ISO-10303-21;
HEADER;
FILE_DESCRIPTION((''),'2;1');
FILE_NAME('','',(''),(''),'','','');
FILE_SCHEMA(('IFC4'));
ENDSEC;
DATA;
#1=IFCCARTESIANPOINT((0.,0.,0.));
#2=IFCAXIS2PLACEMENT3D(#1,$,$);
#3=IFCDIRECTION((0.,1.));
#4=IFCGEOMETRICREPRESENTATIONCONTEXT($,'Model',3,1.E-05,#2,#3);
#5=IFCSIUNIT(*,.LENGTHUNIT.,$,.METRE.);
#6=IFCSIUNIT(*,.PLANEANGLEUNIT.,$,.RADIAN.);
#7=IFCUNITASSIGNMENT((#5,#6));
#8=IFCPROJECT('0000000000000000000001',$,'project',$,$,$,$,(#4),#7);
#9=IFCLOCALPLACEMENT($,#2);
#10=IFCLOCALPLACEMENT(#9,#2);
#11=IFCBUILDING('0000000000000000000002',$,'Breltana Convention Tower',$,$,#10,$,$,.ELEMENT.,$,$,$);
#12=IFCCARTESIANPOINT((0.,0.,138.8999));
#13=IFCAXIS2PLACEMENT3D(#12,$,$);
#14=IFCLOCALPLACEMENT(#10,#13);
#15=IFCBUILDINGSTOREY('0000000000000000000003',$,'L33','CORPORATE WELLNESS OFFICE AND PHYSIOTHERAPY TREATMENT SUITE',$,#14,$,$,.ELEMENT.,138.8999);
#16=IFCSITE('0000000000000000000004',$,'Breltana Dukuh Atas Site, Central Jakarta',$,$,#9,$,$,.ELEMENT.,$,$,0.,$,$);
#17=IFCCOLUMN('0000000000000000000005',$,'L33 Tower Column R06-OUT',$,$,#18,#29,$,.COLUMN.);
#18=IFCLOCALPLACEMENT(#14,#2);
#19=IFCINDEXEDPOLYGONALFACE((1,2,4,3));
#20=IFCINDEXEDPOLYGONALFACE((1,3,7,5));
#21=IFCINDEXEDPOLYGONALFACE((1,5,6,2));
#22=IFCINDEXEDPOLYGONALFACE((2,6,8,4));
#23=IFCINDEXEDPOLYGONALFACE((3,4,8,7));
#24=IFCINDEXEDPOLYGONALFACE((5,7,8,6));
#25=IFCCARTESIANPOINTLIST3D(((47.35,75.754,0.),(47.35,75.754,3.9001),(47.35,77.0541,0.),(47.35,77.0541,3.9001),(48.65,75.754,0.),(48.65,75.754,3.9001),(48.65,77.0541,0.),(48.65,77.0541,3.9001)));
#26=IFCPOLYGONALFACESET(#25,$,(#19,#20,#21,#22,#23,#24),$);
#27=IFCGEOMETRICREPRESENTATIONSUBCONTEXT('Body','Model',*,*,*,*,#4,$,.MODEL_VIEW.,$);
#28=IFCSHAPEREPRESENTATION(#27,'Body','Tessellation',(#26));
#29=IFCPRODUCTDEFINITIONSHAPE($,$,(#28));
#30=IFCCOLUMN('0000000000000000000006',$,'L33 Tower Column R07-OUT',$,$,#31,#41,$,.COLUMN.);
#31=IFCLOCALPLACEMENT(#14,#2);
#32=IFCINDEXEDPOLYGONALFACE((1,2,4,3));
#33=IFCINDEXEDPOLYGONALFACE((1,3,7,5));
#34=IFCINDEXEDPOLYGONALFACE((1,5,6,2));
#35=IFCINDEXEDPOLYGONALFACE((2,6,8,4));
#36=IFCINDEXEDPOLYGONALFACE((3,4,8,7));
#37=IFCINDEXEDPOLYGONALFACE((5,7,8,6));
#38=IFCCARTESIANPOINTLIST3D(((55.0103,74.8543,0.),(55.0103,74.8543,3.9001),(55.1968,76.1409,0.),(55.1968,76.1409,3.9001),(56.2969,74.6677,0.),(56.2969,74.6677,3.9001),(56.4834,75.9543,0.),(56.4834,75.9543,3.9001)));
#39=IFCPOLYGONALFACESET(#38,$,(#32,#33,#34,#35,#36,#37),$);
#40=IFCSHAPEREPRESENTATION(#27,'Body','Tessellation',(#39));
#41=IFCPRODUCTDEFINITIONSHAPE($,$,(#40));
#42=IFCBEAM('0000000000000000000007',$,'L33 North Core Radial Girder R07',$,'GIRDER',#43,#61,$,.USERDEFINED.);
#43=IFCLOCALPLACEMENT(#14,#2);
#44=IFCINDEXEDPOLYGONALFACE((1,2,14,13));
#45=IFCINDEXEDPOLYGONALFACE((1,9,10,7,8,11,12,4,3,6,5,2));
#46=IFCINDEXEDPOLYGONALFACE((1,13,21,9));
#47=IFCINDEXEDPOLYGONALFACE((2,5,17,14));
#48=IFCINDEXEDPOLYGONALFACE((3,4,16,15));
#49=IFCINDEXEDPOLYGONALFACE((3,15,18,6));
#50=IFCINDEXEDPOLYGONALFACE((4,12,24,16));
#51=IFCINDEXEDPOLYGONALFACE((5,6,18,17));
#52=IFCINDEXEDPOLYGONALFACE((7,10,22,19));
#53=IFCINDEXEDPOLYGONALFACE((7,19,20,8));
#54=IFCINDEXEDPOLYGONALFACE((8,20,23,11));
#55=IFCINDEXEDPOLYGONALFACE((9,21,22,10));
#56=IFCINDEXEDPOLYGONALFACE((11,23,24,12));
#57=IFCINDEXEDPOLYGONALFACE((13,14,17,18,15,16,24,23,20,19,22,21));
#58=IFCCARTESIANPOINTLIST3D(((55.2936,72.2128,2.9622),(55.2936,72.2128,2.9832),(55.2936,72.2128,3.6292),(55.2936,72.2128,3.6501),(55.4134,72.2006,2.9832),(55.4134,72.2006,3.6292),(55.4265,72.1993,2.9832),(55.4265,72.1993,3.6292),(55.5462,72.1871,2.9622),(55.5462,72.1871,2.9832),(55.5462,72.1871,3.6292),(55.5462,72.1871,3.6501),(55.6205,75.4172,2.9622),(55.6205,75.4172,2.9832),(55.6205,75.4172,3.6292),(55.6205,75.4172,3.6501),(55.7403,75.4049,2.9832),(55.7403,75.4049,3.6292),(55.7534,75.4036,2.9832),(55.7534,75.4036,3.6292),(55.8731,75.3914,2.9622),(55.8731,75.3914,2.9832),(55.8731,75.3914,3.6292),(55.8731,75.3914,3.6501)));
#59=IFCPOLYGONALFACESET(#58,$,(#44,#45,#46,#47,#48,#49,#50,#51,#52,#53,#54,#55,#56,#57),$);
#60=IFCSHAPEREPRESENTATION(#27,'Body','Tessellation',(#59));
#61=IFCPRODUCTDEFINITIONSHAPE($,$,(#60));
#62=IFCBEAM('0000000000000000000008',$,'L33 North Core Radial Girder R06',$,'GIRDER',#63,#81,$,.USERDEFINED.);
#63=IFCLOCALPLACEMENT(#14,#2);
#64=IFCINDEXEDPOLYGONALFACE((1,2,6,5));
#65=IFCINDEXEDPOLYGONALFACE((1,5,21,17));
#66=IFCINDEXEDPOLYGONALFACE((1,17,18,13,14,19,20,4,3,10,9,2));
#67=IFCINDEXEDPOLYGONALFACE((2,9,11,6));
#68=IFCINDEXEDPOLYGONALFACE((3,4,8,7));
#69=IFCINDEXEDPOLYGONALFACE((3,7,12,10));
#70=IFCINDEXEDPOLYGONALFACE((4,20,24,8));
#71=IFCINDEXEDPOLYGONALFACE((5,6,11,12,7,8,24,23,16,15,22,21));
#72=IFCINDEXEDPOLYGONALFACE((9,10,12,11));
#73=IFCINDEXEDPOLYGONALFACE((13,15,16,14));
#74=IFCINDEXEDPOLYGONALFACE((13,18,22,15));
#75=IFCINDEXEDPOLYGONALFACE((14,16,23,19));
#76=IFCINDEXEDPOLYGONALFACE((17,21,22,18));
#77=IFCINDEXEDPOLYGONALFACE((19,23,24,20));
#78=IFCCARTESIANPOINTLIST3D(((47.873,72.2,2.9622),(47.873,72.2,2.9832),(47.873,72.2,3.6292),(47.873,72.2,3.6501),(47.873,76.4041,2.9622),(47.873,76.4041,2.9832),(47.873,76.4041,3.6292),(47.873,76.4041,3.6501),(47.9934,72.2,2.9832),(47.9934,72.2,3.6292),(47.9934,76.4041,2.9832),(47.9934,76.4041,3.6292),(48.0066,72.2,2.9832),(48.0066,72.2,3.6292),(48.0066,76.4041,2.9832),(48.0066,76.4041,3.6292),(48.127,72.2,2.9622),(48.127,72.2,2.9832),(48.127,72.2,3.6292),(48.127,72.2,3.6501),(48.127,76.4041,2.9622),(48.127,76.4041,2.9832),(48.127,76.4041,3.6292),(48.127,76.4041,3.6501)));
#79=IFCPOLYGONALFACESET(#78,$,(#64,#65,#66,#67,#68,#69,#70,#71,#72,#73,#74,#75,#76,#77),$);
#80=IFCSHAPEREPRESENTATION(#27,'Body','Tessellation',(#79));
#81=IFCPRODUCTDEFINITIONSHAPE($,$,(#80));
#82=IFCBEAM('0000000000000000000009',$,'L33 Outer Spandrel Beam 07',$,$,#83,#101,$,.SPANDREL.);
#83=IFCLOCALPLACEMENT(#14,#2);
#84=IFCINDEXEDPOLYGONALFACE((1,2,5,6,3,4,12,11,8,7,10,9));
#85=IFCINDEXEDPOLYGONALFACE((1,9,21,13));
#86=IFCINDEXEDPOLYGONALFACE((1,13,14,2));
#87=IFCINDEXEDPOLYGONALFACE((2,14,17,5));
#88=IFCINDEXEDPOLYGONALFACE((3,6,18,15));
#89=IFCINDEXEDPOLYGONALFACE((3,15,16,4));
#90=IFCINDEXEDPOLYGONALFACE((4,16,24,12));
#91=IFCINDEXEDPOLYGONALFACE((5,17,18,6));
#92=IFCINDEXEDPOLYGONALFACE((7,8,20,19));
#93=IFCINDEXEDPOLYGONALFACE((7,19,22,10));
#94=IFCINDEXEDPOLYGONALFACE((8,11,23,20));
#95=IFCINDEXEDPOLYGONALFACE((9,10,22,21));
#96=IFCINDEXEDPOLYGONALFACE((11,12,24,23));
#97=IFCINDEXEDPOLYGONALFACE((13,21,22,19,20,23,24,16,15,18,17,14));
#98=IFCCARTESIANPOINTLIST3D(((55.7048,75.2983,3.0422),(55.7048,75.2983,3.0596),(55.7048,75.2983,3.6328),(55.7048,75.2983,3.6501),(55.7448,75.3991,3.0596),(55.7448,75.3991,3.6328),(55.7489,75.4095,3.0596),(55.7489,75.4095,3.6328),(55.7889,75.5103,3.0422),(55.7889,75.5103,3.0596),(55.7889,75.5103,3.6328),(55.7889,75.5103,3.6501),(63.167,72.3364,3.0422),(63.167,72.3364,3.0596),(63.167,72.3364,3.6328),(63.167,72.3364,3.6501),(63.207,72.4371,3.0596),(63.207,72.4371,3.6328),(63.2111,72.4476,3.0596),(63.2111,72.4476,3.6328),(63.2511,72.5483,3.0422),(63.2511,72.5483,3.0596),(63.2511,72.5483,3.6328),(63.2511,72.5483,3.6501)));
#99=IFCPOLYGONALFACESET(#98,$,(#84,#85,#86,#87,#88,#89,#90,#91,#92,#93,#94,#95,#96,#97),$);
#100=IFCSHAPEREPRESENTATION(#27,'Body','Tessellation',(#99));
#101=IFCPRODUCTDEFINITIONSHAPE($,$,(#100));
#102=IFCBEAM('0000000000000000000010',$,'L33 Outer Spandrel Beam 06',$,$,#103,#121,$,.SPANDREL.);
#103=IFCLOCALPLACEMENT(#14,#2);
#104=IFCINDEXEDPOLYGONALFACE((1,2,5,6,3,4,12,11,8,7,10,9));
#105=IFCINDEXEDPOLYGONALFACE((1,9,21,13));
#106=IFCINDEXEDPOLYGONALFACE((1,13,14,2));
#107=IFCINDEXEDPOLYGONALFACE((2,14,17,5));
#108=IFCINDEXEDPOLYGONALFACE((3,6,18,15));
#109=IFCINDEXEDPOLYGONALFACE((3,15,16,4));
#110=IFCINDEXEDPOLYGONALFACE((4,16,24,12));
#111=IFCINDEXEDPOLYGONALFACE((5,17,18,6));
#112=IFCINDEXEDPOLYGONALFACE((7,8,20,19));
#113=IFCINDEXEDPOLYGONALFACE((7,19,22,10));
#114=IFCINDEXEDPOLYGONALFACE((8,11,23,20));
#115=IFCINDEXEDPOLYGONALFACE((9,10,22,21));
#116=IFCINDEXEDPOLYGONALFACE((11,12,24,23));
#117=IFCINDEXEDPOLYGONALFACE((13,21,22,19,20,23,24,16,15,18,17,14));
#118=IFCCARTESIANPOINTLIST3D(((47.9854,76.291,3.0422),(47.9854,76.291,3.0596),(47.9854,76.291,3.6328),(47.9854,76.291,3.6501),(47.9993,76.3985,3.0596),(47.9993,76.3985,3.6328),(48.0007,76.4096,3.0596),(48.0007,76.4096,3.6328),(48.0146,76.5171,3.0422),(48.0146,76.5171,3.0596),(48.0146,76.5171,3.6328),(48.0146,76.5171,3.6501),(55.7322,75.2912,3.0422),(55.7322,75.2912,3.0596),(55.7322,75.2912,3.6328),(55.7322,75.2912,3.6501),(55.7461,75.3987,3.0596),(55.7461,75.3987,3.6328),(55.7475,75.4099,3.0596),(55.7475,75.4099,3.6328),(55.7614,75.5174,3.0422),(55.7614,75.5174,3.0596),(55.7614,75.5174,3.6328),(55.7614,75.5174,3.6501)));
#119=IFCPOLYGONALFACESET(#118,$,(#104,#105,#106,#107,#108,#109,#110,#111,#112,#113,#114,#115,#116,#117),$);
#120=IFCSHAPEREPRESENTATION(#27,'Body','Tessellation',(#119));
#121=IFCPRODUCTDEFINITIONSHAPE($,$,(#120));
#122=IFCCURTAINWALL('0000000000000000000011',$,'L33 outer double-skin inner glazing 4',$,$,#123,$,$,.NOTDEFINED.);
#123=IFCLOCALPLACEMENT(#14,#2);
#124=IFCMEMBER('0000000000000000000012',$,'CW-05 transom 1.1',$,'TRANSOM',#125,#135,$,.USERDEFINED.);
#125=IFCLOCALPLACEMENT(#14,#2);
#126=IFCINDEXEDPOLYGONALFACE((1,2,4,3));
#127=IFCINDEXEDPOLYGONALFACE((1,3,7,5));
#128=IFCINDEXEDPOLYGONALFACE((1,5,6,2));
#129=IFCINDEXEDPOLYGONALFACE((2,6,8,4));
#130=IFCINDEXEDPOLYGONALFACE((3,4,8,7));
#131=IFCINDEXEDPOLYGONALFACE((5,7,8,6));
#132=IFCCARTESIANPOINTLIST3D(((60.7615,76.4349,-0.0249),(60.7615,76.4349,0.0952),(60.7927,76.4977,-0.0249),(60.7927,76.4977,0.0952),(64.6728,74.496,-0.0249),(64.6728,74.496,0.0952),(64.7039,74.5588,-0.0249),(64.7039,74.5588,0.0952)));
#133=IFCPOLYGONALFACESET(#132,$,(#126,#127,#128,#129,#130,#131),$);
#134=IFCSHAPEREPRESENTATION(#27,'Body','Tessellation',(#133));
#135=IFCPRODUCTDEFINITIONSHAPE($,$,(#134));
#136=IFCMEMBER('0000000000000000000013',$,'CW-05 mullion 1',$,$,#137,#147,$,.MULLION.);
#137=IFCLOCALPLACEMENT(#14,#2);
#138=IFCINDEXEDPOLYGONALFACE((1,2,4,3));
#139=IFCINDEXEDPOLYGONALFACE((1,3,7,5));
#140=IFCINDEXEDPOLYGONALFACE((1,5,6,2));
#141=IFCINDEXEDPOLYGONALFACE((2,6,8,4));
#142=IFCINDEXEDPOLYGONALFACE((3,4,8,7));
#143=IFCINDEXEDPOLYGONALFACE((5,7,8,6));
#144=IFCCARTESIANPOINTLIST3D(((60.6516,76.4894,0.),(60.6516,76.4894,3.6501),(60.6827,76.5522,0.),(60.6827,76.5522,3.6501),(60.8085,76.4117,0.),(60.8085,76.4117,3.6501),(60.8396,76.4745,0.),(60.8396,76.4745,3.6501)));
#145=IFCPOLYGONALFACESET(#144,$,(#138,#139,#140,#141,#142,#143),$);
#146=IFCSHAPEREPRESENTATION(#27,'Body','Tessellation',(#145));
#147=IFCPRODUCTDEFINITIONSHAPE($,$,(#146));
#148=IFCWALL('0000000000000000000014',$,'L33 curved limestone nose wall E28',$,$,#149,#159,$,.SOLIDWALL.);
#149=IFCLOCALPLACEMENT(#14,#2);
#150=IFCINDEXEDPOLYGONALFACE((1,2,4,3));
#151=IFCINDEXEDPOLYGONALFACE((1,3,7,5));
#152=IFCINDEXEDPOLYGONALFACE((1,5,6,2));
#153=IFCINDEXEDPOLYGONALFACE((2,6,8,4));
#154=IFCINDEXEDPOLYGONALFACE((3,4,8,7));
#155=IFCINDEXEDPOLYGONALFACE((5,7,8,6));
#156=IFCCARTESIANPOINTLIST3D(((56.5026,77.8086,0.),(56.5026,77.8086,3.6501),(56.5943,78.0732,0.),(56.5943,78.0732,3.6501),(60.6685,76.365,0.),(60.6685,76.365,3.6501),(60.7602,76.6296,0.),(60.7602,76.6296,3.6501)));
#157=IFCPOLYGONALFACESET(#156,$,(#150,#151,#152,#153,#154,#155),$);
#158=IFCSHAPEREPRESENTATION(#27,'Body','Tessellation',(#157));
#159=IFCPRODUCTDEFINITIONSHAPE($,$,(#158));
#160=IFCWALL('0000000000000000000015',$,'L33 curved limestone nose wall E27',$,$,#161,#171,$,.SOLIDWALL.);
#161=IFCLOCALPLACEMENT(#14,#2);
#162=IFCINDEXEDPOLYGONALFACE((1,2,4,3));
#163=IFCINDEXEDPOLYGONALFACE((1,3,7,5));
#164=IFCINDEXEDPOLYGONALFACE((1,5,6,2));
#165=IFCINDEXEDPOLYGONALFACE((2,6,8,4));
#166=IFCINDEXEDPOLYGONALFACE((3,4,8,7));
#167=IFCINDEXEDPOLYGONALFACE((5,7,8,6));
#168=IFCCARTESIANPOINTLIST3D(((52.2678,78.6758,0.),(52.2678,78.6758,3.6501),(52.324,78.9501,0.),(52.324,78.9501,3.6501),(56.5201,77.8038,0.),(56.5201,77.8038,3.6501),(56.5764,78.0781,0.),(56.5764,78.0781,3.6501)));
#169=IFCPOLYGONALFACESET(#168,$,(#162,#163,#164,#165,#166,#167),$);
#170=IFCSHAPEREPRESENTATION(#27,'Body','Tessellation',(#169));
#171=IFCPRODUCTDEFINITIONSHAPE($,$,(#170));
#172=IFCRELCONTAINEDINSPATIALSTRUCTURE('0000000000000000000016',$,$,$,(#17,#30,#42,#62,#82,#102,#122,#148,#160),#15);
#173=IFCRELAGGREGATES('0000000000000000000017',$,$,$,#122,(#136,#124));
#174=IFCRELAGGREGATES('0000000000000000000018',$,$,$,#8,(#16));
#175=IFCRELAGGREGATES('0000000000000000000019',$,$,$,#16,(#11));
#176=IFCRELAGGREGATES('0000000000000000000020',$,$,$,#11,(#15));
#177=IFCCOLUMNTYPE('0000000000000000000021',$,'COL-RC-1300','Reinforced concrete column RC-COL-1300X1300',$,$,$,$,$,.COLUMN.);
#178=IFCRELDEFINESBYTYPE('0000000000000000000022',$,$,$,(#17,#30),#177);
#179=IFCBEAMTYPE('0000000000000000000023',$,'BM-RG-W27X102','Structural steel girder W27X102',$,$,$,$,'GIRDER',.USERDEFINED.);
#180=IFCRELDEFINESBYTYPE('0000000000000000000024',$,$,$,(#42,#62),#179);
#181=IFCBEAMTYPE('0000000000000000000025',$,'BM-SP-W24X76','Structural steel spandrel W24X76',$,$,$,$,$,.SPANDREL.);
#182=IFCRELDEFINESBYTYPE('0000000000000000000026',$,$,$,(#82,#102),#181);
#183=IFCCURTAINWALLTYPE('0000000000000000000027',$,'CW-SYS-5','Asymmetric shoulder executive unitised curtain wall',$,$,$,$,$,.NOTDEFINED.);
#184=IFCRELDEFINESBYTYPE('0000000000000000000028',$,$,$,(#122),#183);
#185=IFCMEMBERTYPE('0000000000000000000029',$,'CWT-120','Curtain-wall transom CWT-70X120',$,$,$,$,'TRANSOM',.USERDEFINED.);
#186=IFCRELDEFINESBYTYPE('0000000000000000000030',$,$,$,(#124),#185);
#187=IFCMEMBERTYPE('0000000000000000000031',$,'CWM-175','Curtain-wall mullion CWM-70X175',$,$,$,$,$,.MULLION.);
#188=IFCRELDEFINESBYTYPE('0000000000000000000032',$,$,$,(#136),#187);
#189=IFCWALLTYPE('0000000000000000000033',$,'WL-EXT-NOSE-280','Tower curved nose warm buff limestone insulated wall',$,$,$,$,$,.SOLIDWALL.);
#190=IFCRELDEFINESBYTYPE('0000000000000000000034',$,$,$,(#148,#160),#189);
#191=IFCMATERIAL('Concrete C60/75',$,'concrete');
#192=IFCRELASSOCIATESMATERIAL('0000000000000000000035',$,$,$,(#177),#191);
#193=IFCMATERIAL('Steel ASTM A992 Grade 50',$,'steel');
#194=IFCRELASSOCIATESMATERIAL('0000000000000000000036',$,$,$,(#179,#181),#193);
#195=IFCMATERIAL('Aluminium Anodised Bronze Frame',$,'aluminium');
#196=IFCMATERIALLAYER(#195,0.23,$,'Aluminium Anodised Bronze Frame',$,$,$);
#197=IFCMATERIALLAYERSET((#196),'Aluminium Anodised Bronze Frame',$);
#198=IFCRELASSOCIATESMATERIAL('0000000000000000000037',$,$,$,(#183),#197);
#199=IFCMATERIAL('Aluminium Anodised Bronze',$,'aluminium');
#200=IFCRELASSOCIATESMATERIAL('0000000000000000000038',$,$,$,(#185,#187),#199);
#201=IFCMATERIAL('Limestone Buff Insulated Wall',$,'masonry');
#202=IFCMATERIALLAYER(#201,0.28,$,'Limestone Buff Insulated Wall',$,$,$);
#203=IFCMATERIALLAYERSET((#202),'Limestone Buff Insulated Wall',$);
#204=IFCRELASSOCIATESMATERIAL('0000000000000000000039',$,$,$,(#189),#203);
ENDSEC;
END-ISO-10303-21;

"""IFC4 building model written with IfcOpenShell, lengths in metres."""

from ifc_helpers import new_model, si_unit, direction, frame, frame_2d, origin, origin_2d, place, context, subcontext, project, spatial, rectangle, i_section, extrude, source, transform, mapped, material, layer, layer_set, material_profile, profile_set, type_object, element, aggregate, save


model = new_model("IFC4")

# Units and contexts
model_context = context("Model", 3, precision=1e-05, world=origin(), true_north=direction((0.0, 1.0)))
body_context = subcontext(model_context, "Body", "Model", "MODEL_VIEW")
ifc_project = project(units=[si_unit("LENGTHUNIT", "METRE"), si_unit("PLANEANGLEUNIT", "RADIAN")], contexts=[model_context])

# Site, building, storey
site_placement = place(None, origin())
site = spatial("IfcSite", under=ifc_project, at=site_placement, Name="Breltana Dukuh Atas Site, Central Jakarta", CompositionType="ELEMENT", RefElevation=0.0)
building_placement = place(site_placement, origin())
building = spatial("IfcBuilding", under=site, at=building_placement, Name="Breltana Convention Tower", CompositionType="ELEMENT")
storey_placement = place(building_placement, frame((0.0, 0.0, 138.8999)))
storey = spatial("IfcBuildingStorey", under=building, at=storey_placement, Name="L33", Description="CORPORATE WELLNESS OFFICE AND PHYSIOTHERAPY TREATMENT SUITE", CompositionType="ELEMENT", Elevation=138.8999)

# Columns
ifc_material_1 = material(Name="Concrete C60/75", Category="concrete")
ifc_material_profile_1 = material_profile(ifc_material_1, rectangle(XDim=1.3, YDim=1.3, at=origin_2d()), Name="RC-COL-1300X1300")
ifc_profile_set_1 = profile_set([ifc_material_profile_1], Name="Concrete C60/75")
column_type = type_object("IfcColumnType", Name="COL-RC-1300", Description="Reinforced concrete column RC-COL-1300X1300", PredefinedType="COLUMN", material=ifc_profile_set_1)
shared_shape_1 = source(origin(), body_context, "Body", "SweptSolid", [
    extrude(rectangle(XDim=1.3, YDim=1.3, at=origin_2d()), origin(), (0.0, 0.0, 1.0), 3.9001),
])
for number, where, z_axis, x_axis, name in (
    (1, (48.0, 76.4041, 0.0), (0.0, 0.0, 1.0), (0.0, 1.0, 0.0), "L33 Tower Column R06-OUT"),
    (2, (55.7468, 75.4043, 0.0), (0.0, 0.0, 1.0), (0.143493, 0.989651, 0.0), "L33 Tower Column R07-OUT"),
):
    element("IfcColumn", number, at=place(storey_placement, frame(where, z_axis=z_axis, x_axis=x_axis)), inside=storey, type_object=column_type, Name=name, PredefinedType="COLUMN", context=body_context, shape_type="MappedRepresentation", body=[
        mapped(shared_shape_1, transform((0.0, 0.0, 0.0), scale=1.0)),
    ])

# Beams
ifc_material_2 = material(Name="Steel ASTM A992 Grade 50", Category="steel")
ifc_material_profile_2 = material_profile(ifc_material_2, i_section(OverallWidth=0.2539, OverallDepth=0.688, WebThickness=0.0132, FlangeThickness=0.021, at=origin_2d()), Name="W27X102")
ifc_profile_set_2 = profile_set([ifc_material_profile_2], Name="Steel ASTM A992 Grade 50")
beam_type_1 = type_object("IfcBeamType", Name="BM-RG-W27X102", Description="Structural steel girder W27X102", ElementType="GIRDER", PredefinedType="USERDEFINED", material=ifc_profile_set_2)
shared_shape_2 = source(origin(), body_context, "Body", "SweptSolid", [
    extrude(i_section(OverallWidth=0.2539, OverallDepth=0.688, WebThickness=0.0132, FlangeThickness=0.021, at=origin_2d()), origin(), (0.0, 0.0, 1.0), 3.2209),
])
beam_1_placement = place(storey_placement, frame((55.4199, 72.2, 3.3062), z_axis=(0.101492, 0.994836, 0.0), x_axis=(-0.994836, 0.101492, 0.0)))
element("IfcBeam", 3, at=beam_1_placement, inside=storey, type_object=beam_type_1, Name="L33 North Core Radial Girder R07", ObjectType="GIRDER", PredefinedType="USERDEFINED", context=body_context, shape_type="MappedRepresentation", body=[
    mapped(shared_shape_2, transform((0.0, 0.0, 0.0), scale=1.0)),
])
shared_shape_3 = source(origin(), body_context, "Body", "SweptSolid", [
    extrude(i_section(OverallWidth=0.2539, OverallDepth=0.688, WebThickness=0.0132, FlangeThickness=0.021, at=origin_2d()), origin(), (0.0, 0.0, 1.0), 4.2041),
])
beam_2_placement = place(storey_placement, frame((48.0, 72.2, 3.3062), z_axis=(0.0, 1.0, 0.0), x_axis=(-1.0, 0.0, 0.0)))
element("IfcBeam", 4, at=beam_2_placement, inside=storey, type_object=beam_type_1, Name="L33 North Core Radial Girder R06", ObjectType="GIRDER", PredefinedType="USERDEFINED", context=body_context, shape_type="MappedRepresentation", body=[
    mapped(shared_shape_3, transform((0.0, 0.0, 0.0), scale=1.0)),
])
ifc_material_profile_3 = material_profile(ifc_material_2, i_section(OverallWidth=0.228, OverallDepth=0.6079, WebThickness=0.0112, FlangeThickness=0.0173, at=origin_2d()), Name="W24X76")
ifc_profile_set_3 = profile_set([ifc_material_profile_3], Name="Steel ASTM A992 Grade 50")
beam_type_2 = type_object("IfcBeamType", Name="BM-SP-W24X76", Description="Structural steel spandrel W24X76", PredefinedType="SPANDREL", material=ifc_profile_set_3)
shared_shape_4 = source(origin(), body_context, "Body", "SweptSolid", [
    extrude(i_section(OverallWidth=0.228, OverallDepth=0.6079, WebThickness=0.0112, FlangeThickness=0.0173, at=origin_2d()), origin(), (0.0, 0.0, 1.0), 8.0286),
])
beam_3_placement = place(storey_placement, frame((55.7468, 75.4043, 3.3462), z_axis=(0.929459, -0.368925, 0.0), x_axis=(0.368925, 0.929459, 0.0)))
element("IfcBeam", 5, at=beam_3_placement, inside=storey, type_object=beam_type_2, Name="L33 Outer Spandrel Beam 07", PredefinedType="SPANDREL", context=body_context, shape_type="MappedRepresentation", body=[
    mapped(shared_shape_4, transform((0.0, 0.0, 0.0), scale=1.0)),
])
shared_shape_5 = source(origin(), body_context, "Body", "SweptSolid", [
    extrude(i_section(OverallWidth=0.228, OverallDepth=0.6079, WebThickness=0.0112, FlangeThickness=0.0173, at=origin_2d()), origin(), (0.0, 0.0, 1.0), 7.811),
])
beam_4_placement = place(storey_placement, frame((48.0, 76.4041, 3.3462), z_axis=(0.991775, -0.127992, 0.0), x_axis=(0.127992, 0.991775, 0.0)))
element("IfcBeam", 6, at=beam_4_placement, inside=storey, type_object=beam_type_2, Name="L33 Outer Spandrel Beam 06", PredefinedType="SPANDREL", context=body_context, shape_type="MappedRepresentation", body=[
    mapped(shared_shape_5, transform((0.0, 0.0, 0.0), scale=1.0)),
])

# Curtain wall, members
ifc_material_3 = material(Name="Aluminium Anodised Bronze Frame", Category="aluminium")
ifc_layer_1 = layer(ifc_material_3, 0.23, Name="Aluminium Anodised Bronze Frame")
ifc_layer_set_1 = layer_set([ifc_layer_1], Name="Aluminium Anodised Bronze Frame")
curtain_wall_type = type_object("IfcCurtainWallType", Name="CW-SYS-5", Description="Asymmetric shoulder executive unitised curtain wall", PredefinedType="NOTDEFINED", material=ifc_layer_set_1)
curtain_wall_placement = place(storey_placement, origin())
curtain_wall = element("IfcCurtainWall", 7, at=curtain_wall_placement, inside=storey, type_object=curtain_wall_type, Name="L33 outer double-skin inner glazing 4", PredefinedType="NOTDEFINED")
ifc_material_4 = material(Name="Aluminium Anodised Bronze", Category="aluminium")
ifc_material_profile_4 = material_profile(ifc_material_4, rectangle(XDim=0.0701, YDim=0.1201, at=origin_2d()), Name="CWT-70X120")
ifc_profile_set_4 = profile_set([ifc_material_profile_4], Name="Aluminium Anodised Bronze")
member_type_1 = type_object("IfcMemberType", Name="CWT-120", Description="Curtain-wall transom CWT-70X120", ElementType="TRANSOM", PredefinedType="USERDEFINED", material=ifc_profile_set_4)
shared_shape_6 = source(origin(), body_context, "Body", "SweptSolid", [
    extrude(rectangle(XDim=0.0701, YDim=0.1201, at=origin_2d()), origin(), (0.0, 0.0, 1.0), 4.3655),
])
member_1_placement = place(storey_placement, frame((60.7771, 76.4663, 0.0352), z_axis=(0.895954, -0.444146, 0.0), x_axis=(0.444146, 0.895954, 0.0)))
member_1 = element("IfcMember", 8, at=member_1_placement, type_object=member_type_1, Name="CW-05 transom 1.1", ObjectType="TRANSOM", PredefinedType="USERDEFINED", context=body_context, shape_type="MappedRepresentation", body=[
    mapped(shared_shape_6, transform((0.0, 0.0, 0.0), scale=1.0)),
])
ifc_material_profile_5 = material_profile(ifc_material_4, rectangle(XDim=0.0701, YDim=0.175, at=origin_2d()), Name="CWM-70X175")
ifc_profile_set_5 = profile_set([ifc_material_profile_5], Name="Aluminium Anodised Bronze")
member_type_2 = type_object("IfcMemberType", Name="CWM-175", Description="Curtain-wall mullion CWM-70X175", PredefinedType="MULLION", material=ifc_profile_set_5)
shared_shape_7 = source(origin(), body_context, "Body", "SweptSolid", [
    extrude(rectangle(XDim=0.0701, YDim=0.175, at=origin_2d()), origin(), (0.0, 0.0, 1.0), 3.6501),
])
member_2_placement = place(storey_placement, frame((60.7456, 76.4819, 0.0), z_axis=(0.0, 0.0, 1.0), x_axis=(0.444122, 0.895967, 0.0)))
member_2 = element("IfcMember", 9, at=member_2_placement, type_object=member_type_2, Name="CW-05 mullion 1", PredefinedType="MULLION", context=body_context, shape_type="MappedRepresentation", body=[
    mapped(shared_shape_7, transform((0.0, 0.0, 0.0), scale=1.0)),
])
aggregate(curtain_wall, [member_2, member_1])

# Walls
ifc_material_5 = material(Name="Limestone Buff Insulated Wall", Category="masonry")
ifc_layer_2 = layer(ifc_material_5, 0.28, Name="Limestone Buff Insulated Wall")
ifc_layer_set_2 = layer_set([ifc_layer_2], Name="Limestone Buff Insulated Wall")
wall_type_1 = type_object("IfcWallType", Name="WL-EXT-NOSE-280", Description="Tower curved nose warm buff limestone insulated wall", PredefinedType="SOLIDWALL", material=ifc_layer_set_2)
shared_shape_8 = source(origin(), body_context, "Body", "SweptSolid", [
    extrude(rectangle(XDim=4.4089, YDim=0.28, at=frame_2d((2.2046, 0.0))), origin(), (0.0, 0.0, 1.0), 3.6501),
])
wall_1_placement = place(storey_placement, frame((56.5483, 77.9409, 0.0), z_axis=(0.0, 0.0, 1.0), x_axis=(0.944879, -0.327419, 0.0)))
element("IfcWall", 10, at=wall_1_placement, inside=storey, type_object=wall_type_1, Name="L33 curved limestone nose wall E28", PredefinedType="SOLIDWALL", context=body_context, shape_type="MappedRepresentation", body=[
    mapped(shared_shape_8, transform((0.0, 0.0, 0.0), scale=1.0)),
])
shared_shape_9 = source(origin(), body_context, "Body", "SweptSolid", [
    extrude(rectangle(XDim=4.3408, YDim=0.28, at=frame_2d((2.1704, 0.0))), origin(), (0.0, 0.0, 1.0), 3.6501),
])
wall_2_placement = place(storey_placement, frame((52.2959, 78.813, 0.0), z_axis=(0.0, 0.0, 1.0), x_axis=(0.979613, -0.200894, 0.0)))
element("IfcWall", 11, at=wall_2_placement, inside=storey, type_object=wall_type_1, Name="L33 curved limestone nose wall E27", PredefinedType="SOLIDWALL", context=body_context, shape_type="MappedRepresentation", body=[
    mapped(shared_shape_9, transform((0.0, 0.0, 0.0), scale=1.0)),
])

save(model, "model.ifc")
